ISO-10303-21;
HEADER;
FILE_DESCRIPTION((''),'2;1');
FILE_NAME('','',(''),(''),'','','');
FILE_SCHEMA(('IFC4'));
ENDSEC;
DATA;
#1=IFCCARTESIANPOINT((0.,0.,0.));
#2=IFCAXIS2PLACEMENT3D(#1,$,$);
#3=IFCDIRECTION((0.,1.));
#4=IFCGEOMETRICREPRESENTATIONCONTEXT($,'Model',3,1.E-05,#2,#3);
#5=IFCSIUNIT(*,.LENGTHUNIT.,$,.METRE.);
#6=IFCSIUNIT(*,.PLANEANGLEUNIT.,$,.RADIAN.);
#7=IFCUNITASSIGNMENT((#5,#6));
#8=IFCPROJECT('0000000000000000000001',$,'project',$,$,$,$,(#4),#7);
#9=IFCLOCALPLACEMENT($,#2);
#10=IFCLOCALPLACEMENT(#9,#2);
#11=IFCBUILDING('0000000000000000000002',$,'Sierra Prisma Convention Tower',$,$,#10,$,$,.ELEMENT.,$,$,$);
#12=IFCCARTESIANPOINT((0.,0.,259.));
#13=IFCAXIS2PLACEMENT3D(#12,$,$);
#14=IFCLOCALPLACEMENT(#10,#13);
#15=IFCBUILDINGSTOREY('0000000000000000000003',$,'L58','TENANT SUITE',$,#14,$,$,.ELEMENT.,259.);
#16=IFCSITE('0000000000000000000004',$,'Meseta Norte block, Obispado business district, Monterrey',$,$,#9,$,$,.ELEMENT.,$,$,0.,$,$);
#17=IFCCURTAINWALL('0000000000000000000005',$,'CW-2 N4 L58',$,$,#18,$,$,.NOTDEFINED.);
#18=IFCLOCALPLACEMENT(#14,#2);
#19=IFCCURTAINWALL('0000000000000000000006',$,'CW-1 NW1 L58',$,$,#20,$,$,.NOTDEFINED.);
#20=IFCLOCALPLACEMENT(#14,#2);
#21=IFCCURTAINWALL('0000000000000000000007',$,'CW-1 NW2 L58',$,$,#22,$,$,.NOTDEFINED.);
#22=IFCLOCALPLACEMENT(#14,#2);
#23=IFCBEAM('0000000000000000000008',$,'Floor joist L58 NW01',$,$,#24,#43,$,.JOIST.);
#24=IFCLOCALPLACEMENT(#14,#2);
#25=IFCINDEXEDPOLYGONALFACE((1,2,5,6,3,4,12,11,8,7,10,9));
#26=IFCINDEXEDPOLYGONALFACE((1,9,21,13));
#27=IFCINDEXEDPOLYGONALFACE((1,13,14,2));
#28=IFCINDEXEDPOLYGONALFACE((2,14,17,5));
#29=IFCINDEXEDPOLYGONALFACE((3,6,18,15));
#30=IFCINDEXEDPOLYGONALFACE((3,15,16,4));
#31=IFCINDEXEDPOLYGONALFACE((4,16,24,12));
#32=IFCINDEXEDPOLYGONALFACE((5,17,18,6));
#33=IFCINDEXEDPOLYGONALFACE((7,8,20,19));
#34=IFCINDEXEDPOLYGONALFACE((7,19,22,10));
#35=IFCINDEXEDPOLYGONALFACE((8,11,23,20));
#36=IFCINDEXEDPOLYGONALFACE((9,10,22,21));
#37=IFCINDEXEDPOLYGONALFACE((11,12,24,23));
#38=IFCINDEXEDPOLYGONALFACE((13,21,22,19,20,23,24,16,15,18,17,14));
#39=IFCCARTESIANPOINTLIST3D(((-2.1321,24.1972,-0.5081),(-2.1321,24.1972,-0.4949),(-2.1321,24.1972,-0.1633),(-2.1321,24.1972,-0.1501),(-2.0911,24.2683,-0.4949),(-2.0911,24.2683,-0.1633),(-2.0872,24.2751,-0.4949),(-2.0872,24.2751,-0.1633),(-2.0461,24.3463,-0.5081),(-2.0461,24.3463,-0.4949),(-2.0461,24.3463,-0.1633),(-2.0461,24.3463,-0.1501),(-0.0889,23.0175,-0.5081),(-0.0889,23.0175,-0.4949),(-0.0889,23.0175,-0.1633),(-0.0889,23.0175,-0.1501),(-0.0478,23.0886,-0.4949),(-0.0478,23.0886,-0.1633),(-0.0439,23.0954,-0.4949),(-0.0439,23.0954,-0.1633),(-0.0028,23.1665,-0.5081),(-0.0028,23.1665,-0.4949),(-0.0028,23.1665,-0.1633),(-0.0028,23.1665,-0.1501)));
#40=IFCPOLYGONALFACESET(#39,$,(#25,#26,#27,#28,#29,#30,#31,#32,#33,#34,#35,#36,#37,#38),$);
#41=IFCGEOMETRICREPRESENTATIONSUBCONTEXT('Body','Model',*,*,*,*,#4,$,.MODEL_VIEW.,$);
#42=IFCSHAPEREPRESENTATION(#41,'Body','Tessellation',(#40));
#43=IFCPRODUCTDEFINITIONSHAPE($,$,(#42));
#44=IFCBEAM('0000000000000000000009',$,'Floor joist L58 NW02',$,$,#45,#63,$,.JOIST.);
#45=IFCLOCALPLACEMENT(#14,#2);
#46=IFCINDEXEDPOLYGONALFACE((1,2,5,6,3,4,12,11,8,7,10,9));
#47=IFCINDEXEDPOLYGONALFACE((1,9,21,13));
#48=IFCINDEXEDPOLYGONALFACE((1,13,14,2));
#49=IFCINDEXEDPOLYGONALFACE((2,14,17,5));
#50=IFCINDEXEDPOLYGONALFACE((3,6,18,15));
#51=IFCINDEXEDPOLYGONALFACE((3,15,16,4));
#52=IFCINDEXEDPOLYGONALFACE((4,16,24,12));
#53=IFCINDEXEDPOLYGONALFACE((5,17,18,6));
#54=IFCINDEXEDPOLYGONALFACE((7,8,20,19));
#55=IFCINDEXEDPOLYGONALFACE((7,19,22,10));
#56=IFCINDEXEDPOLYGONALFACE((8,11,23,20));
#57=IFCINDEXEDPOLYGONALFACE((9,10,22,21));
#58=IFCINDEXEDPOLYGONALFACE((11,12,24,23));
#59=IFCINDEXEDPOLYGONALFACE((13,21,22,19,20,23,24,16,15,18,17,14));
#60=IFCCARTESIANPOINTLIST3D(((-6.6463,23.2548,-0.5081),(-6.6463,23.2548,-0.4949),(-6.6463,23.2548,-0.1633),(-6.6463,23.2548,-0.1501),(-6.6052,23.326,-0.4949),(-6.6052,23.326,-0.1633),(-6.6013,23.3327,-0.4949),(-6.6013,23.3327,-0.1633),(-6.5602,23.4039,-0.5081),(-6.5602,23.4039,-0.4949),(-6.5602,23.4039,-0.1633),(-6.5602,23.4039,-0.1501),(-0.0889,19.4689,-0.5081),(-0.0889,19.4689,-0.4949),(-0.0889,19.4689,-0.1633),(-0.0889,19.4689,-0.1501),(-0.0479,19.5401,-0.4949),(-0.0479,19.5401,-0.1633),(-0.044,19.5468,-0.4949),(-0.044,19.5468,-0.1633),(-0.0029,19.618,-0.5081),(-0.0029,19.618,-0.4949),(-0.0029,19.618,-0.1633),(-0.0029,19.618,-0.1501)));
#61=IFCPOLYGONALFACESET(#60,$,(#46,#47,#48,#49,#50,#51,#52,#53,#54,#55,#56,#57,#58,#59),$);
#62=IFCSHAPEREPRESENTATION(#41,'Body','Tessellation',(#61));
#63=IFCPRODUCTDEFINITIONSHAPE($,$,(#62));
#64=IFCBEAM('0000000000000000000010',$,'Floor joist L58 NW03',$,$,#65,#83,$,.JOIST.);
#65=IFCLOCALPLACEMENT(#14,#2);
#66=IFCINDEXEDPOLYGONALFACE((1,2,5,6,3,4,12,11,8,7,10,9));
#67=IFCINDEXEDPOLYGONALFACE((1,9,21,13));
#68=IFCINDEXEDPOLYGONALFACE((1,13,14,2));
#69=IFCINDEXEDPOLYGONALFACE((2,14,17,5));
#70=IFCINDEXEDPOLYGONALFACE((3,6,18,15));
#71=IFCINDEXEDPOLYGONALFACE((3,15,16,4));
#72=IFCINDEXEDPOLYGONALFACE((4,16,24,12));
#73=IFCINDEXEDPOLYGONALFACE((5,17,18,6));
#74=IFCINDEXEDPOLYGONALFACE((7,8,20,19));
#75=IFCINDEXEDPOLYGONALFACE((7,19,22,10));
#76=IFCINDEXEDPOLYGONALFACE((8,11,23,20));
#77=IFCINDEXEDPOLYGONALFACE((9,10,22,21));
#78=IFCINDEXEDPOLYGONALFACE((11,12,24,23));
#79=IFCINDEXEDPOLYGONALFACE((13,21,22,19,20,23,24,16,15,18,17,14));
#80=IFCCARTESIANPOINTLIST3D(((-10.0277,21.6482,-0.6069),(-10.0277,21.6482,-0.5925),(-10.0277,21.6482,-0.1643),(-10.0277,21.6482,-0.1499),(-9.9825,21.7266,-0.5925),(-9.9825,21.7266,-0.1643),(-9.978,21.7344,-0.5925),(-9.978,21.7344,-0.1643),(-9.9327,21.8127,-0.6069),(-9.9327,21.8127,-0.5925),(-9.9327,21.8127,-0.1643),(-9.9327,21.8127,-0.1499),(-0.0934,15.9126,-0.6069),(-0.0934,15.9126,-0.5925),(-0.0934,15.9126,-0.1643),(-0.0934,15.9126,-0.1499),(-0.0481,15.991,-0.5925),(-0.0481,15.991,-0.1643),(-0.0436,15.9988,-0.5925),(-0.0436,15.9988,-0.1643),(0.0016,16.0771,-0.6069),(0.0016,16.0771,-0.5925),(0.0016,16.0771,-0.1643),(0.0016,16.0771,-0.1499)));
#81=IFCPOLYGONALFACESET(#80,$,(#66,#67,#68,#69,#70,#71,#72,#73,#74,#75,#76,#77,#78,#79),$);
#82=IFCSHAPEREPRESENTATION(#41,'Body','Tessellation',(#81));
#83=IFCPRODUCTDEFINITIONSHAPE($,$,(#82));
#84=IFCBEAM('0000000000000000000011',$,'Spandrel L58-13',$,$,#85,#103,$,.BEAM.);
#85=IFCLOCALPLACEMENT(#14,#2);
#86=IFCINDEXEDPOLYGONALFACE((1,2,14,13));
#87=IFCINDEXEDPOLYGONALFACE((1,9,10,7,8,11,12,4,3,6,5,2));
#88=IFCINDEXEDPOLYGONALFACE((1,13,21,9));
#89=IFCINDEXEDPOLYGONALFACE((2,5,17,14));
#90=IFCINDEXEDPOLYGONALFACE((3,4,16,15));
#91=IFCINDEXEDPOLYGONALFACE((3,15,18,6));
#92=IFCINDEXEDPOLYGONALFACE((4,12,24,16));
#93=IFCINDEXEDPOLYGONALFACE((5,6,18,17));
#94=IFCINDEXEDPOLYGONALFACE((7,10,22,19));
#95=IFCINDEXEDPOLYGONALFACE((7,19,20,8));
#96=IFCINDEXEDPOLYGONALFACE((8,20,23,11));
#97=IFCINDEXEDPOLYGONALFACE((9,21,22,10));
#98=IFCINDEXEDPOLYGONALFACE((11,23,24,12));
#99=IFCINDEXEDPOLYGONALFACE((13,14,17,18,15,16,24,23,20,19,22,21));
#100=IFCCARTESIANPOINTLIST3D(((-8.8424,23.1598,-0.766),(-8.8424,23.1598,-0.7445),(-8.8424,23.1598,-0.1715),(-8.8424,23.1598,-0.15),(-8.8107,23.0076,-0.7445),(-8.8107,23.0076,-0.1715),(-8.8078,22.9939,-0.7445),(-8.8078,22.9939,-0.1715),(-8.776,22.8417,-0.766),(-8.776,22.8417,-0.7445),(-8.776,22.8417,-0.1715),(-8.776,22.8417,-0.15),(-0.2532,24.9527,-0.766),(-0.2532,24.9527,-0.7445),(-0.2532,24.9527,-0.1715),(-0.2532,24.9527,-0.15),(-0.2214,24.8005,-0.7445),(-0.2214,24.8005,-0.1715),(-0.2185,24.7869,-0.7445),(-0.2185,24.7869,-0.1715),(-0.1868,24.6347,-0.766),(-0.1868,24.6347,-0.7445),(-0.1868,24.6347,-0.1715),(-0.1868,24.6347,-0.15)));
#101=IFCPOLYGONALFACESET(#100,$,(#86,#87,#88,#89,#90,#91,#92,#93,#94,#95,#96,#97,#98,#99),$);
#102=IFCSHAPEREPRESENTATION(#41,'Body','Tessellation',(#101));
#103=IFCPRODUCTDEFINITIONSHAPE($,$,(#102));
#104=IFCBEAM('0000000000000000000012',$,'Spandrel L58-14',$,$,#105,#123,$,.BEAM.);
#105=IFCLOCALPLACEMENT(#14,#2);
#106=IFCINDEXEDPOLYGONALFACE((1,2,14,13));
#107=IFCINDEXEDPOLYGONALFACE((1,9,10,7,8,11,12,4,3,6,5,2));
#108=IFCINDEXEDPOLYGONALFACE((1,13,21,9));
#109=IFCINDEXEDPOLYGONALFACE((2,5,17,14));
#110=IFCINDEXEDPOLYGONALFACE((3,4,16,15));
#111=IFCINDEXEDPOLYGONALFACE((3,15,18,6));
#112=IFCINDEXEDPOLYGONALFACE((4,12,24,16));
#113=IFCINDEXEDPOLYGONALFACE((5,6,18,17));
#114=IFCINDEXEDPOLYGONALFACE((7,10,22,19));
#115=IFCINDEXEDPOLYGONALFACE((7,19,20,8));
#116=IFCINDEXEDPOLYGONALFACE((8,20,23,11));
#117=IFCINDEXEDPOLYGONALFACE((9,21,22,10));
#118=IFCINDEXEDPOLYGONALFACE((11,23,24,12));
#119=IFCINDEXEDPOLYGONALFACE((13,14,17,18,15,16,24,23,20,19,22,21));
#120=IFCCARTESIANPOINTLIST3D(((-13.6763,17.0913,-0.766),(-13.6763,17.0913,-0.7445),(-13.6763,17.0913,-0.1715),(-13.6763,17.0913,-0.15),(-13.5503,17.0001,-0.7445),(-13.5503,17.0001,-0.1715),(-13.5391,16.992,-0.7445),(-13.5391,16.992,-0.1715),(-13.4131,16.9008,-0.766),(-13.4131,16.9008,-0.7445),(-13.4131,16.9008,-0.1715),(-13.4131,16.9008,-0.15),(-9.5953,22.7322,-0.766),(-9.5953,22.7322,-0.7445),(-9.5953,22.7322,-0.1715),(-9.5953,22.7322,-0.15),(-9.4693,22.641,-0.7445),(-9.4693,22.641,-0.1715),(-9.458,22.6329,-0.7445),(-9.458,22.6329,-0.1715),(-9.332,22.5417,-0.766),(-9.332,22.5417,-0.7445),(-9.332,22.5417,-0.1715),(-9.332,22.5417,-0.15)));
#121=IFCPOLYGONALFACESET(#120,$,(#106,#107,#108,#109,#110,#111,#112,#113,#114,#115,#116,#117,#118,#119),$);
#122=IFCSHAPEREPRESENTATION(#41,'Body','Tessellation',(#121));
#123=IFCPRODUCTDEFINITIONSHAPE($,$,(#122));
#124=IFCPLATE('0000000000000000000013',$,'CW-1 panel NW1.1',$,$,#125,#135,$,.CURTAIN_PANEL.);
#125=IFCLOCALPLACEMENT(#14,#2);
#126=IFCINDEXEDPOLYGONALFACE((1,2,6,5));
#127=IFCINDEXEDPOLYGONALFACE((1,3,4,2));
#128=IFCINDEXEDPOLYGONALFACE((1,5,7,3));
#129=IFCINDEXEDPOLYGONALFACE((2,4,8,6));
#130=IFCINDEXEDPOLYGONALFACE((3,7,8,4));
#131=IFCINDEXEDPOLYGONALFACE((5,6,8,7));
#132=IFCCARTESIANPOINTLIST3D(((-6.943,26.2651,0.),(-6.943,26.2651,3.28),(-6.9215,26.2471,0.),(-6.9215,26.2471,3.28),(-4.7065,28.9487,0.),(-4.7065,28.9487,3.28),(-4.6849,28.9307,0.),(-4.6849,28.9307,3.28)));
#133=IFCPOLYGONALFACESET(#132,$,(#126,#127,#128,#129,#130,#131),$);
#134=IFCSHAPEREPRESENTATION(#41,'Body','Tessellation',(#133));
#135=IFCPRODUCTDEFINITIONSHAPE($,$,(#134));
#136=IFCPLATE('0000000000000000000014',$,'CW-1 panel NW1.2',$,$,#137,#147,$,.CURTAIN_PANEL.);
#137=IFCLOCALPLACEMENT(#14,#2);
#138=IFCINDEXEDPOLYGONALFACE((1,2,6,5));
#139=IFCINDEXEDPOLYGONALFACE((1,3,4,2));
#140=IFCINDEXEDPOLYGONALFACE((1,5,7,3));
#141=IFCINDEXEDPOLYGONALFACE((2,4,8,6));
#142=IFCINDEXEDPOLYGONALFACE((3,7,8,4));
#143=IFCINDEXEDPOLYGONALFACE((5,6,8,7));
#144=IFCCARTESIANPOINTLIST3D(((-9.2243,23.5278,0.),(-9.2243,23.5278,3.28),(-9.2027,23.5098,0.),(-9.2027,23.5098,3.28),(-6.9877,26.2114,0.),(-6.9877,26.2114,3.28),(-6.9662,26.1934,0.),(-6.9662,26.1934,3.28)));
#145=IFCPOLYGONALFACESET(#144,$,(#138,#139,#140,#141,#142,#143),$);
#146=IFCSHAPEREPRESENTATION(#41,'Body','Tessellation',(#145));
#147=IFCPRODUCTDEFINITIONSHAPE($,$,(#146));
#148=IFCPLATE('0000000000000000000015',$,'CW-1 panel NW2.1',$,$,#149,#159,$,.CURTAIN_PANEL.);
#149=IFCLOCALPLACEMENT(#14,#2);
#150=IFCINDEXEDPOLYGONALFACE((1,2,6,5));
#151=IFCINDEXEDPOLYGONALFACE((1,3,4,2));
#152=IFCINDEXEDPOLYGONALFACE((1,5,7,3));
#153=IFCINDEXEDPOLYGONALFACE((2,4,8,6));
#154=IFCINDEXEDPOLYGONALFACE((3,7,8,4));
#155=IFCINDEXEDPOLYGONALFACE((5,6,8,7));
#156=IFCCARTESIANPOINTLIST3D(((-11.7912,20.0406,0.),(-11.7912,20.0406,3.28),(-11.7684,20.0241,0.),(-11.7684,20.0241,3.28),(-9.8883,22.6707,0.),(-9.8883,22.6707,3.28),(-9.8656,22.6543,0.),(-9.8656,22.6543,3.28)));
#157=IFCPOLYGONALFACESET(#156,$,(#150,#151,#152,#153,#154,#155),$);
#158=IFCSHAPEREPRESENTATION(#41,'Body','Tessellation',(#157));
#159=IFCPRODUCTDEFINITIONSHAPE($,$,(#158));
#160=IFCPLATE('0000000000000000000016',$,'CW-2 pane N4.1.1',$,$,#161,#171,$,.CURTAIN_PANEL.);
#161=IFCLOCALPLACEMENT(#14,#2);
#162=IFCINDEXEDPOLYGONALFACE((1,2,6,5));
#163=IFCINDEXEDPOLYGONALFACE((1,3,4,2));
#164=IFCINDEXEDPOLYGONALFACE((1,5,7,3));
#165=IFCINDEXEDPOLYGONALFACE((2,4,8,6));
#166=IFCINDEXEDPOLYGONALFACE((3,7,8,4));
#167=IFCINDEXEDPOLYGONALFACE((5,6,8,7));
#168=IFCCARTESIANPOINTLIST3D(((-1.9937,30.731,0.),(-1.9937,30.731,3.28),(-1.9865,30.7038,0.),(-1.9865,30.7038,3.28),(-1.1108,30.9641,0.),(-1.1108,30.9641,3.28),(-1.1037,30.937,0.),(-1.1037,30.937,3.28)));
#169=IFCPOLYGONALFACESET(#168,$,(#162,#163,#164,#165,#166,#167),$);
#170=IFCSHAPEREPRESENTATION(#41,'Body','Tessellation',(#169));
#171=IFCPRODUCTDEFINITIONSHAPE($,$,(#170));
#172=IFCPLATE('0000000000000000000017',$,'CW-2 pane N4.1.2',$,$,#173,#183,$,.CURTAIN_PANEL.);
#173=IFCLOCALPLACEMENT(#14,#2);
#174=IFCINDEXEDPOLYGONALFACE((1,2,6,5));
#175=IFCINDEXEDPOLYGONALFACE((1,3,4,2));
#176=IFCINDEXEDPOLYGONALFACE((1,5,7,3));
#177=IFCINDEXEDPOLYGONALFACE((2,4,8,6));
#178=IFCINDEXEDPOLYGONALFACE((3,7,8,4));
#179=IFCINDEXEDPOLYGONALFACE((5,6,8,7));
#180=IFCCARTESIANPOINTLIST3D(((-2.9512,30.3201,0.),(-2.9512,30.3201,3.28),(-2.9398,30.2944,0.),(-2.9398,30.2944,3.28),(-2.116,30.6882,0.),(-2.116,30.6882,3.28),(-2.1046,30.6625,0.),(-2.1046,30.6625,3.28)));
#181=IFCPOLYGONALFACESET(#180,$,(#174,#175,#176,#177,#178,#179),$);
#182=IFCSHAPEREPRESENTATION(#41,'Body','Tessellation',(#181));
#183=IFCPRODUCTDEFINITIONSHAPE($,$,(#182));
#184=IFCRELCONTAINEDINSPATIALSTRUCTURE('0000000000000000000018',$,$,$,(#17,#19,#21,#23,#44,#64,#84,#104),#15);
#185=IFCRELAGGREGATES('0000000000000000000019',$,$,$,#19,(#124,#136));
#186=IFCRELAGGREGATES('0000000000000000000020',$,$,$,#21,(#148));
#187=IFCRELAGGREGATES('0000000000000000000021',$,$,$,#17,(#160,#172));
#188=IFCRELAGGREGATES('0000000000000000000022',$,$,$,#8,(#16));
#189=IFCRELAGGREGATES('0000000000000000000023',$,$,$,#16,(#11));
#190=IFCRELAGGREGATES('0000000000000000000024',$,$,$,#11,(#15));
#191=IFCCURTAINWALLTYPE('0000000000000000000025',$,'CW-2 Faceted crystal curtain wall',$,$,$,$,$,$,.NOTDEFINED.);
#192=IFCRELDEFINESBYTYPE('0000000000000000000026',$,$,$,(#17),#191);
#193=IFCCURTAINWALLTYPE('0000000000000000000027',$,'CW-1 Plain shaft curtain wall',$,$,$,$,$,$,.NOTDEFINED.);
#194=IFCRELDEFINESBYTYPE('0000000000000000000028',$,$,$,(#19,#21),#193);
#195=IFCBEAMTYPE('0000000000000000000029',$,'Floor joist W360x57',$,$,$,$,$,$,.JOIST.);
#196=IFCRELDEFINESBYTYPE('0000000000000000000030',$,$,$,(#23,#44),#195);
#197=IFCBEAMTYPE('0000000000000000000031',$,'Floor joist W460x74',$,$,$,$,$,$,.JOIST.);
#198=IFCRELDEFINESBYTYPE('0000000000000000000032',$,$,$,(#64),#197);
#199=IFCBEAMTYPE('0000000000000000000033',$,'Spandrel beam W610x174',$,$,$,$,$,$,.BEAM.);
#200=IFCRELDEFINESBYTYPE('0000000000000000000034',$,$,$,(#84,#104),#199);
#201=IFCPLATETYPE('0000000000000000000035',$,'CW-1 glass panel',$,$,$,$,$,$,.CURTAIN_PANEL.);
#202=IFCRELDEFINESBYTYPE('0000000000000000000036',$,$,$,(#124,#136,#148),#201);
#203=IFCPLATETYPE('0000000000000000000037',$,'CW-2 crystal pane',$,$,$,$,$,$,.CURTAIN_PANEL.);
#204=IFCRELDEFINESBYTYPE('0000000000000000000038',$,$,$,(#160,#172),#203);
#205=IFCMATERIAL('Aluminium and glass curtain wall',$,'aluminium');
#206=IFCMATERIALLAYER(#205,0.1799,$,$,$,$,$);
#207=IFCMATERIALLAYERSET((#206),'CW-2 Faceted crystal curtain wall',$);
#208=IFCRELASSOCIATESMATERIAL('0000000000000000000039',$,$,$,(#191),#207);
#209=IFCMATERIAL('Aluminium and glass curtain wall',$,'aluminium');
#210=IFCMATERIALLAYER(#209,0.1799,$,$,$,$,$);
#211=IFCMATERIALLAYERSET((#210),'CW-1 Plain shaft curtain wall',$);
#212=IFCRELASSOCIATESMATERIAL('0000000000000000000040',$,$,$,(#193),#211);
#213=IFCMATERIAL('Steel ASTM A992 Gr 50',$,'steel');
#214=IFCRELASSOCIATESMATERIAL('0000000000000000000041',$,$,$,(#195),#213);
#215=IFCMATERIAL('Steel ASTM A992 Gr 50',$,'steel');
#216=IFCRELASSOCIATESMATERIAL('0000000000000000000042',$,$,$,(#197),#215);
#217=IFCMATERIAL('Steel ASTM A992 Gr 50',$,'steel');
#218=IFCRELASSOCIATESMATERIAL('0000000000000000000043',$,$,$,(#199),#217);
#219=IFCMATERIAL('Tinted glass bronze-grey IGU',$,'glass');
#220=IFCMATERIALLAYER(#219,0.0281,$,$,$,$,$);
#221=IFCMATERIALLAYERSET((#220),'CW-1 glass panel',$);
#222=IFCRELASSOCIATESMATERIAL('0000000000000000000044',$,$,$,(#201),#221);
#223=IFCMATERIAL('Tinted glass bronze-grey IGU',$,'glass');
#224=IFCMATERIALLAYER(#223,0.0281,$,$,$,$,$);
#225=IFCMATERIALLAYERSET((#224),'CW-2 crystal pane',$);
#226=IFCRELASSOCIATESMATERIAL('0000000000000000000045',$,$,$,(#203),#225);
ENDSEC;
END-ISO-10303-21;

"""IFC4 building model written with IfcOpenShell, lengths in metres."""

from ifc_helpers import new_model, si_unit, direction, frame, origin, origin_2d, place, context, subcontext, project, spatial, polyline, rectangle, i_section, outline, extrude, material, layer, layer_set, material_profile, profile_set, type_object, element, aggregate, save


model = new_model("IFC4")

# Units and contexts
model_context = context("Model", 3, precision=1e-05, world=origin(), true_north=direction((0.0, 1.0)))
body_context = subcontext(model_context, "Body", "Model", "MODEL_VIEW")
ifc_project = project(units=[si_unit("LENGTHUNIT", "METRE"), si_unit("PLANEANGLEUNIT", "RADIAN")], contexts=[model_context])

# Site, building, storey
site_placement = place(None, origin())
site = spatial("IfcSite", under=ifc_project, at=site_placement, Name="Meseta Norte block, Obispado business district, Monterrey", CompositionType="ELEMENT", RefElevation=0.0)
building_placement = place(site_placement, origin())
building = spatial("IfcBuilding", under=site, at=building_placement, Name="Sierra Prisma Convention Tower", CompositionType="ELEMENT")
storey_placement = place(building_placement, frame((0.0, 0.0, 259.0)))
storey = spatial("IfcBuildingStorey", under=building, at=storey_placement, Name="L58", Description="TENANT SUITE", CompositionType="ELEMENT", Elevation=259.0)

# Curtain wall
ifc_material_1 = material(Name="Aluminium and glass curtain wall", Category="aluminium")
ifc_layer_1 = layer(ifc_material_1, 0.1799)
ifc_layer_set_1 = layer_set([ifc_layer_1], Name="CW-2 Faceted crystal curtain wall")
curtain_wall_type_1 = type_object("IfcCurtainWallType", Name="CW-2 Faceted crystal curtain wall", PredefinedType="NOTDEFINED", material=ifc_layer_set_1)
curtain_wall_1_placement = place(storey_placement, origin())
curtain_wall_1 = element("IfcCurtainWall", 1, at=curtain_wall_1_placement, inside=storey, type_object=curtain_wall_type_1, Name="CW-2 N4 L58", PredefinedType="NOTDEFINED")

# Curtain wall
ifc_material_2 = material(Name="Aluminium and glass curtain wall", Category="aluminium")
ifc_layer_2 = layer(ifc_material_2, 0.1799)
ifc_layer_set_2 = layer_set([ifc_layer_2], Name="CW-1 Plain shaft curtain wall")
curtain_wall_type_2 = type_object("IfcCurtainWallType", Name="CW-1 Plain shaft curtain wall", PredefinedType="NOTDEFINED", material=ifc_layer_set_2)
curtain_wall_2_placement = place(storey_placement, origin())
curtain_wall_2 = element("IfcCurtainWall", 2, at=curtain_wall_2_placement, inside=storey, type_object=curtain_wall_type_2, Name="CW-1 NW1 L58", PredefinedType="NOTDEFINED")

# Curtain wall
curtain_wall_3_placement = place(storey_placement, origin())
curtain_wall_3 = element("IfcCurtainWall", 3, at=curtain_wall_3_placement, inside=storey, type_object=curtain_wall_type_2, Name="CW-1 NW2 L58", PredefinedType="NOTDEFINED")

# Beams
ifc_material_3 = material(Name="Steel ASTM A992 Gr 50", Category="steel")
ifc_material_profile_1 = material_profile(ifc_material_3, i_section(OverallWidth=0.1721, OverallDepth=0.3579, WebThickness=0.0078, FlangeThickness=0.0132, at=origin_2d()), Name="W360x57")
ifc_profile_set_1 = profile_set([ifc_material_profile_1], Name="Steel ASTM A992 Gr 50")
beam_type_1 = type_object("IfcBeamType", Name="Floor joist W360x57", PredefinedType="JOIST", material=ifc_profile_set_1)
beam_1_placement = place(storey_placement, frame((-2.0891, 24.2717, -0.3291), z_axis=(0.866018, -0.500012, 0.0), x_axis=(0.500012, 0.866018, 0.0)))
element("IfcBeam", 4, at=beam_1_placement, inside=storey, type_object=beam_type_1, Name="Floor joist L58 NW01", PredefinedType="JOIST", context=body_context, shape_type="SweptSolid", body=[
    extrude(i_section(OverallWidth=0.1721, OverallDepth=0.3579, WebThickness=0.0078, FlangeThickness=0.0132, at=origin_2d()), origin(), (0.0, 0.0, 1.0), 2.3594),
])
beam_2_placement = place(storey_placement, frame((-6.6033, 23.3293, -0.3291), z_axis=(0.866026, -0.499999, 0.0), x_axis=(0.499999, 0.866026, 0.0)))
element("IfcBeam", 5, at=beam_2_placement, inside=storey, type_object=beam_type_1, Name="Floor joist L58 NW02", PredefinedType="JOIST", context=body_context, shape_type="SweptSolid", body=[
    extrude(i_section(OverallWidth=0.1721, OverallDepth=0.3579, WebThickness=0.0078, FlangeThickness=0.0132, at=origin_2d()), origin(), (0.0, 0.0, 1.0), 7.5718),
])
ifc_material_4 = material(Name="Steel ASTM A992 Gr 50", Category="steel")
ifc_material_profile_2 = material_profile(ifc_material_4, i_section(OverallWidth=0.1899, OverallDepth=0.457, WebThickness=0.009, FlangeThickness=0.0144, at=origin_2d()), Name="W460x74")
ifc_profile_set_2 = profile_set([ifc_material_profile_2], Name="Steel ASTM A992 Gr 50")
beam_type_2 = type_object("IfcBeamType", Name="Floor joist W460x74", PredefinedType="JOIST", material=ifc_profile_set_2)
beam_3_placement = place(storey_placement, frame((-9.9802, 21.7305, -0.3784), z_axis=(0.866025, -0.500001, 0.0), x_axis=(0.500001, 0.866025, 0.0)))
element("IfcBeam", 6, at=beam_3_placement, inside=storey, type_object=beam_type_2, Name="Floor joist L58 NW03", PredefinedType="JOIST", context=body_context, shape_type="SweptSolid", body=[
    extrude(i_section(OverallWidth=0.1899, OverallDepth=0.457, WebThickness=0.009, FlangeThickness=0.0144, at=origin_2d()), origin(), (0.0, 0.0, 1.0), 11.4712),
])
ifc_material_5 = material(Name="Steel ASTM A992 Gr 50", Category="steel")
ifc_material_profile_3 = material_profile(ifc_material_5, i_section(OverallWidth=0.325, OverallDepth=0.616, WebThickness=0.0139, FlangeThickness=0.0215, at=origin_2d()), Name="W610x174")
ifc_profile_set_3 = profile_set([ifc_material_profile_3], Name="Steel ASTM A992 Gr 50")
beam_type_3 = type_object("IfcBeamType", Name="Spandrel beam W610x174", PredefinedType="BEAM", material=ifc_profile_set_3)
beam_4_placement = place(storey_placement, frame((-0.22, 24.7937, -0.458), z_axis=(-0.9789, -0.204339, 0.0), x_axis=(0.204339, -0.9789, 0.0)))
element("IfcBeam", 7, at=beam_4_placement, inside=storey, type_object=beam_type_3, Name="Spandrel L58-13", PredefinedType="BEAM", context=body_context, shape_type="SweptSolid", body=[
    extrude(i_section(OverallWidth=0.325, OverallDepth=0.616, WebThickness=0.0139, FlangeThickness=0.0215, at=origin_2d()), origin(), (0.0, 0.0, 1.0), 8.7744),
])
beam_5_placement = place(storey_placement, frame((-9.4636, 22.637, -0.458), z_axis=(-0.58616, -0.810195, 0.0), x_axis=(0.810195, -0.58616, 0.0)))
element("IfcBeam", 8, at=beam_5_placement, inside=storey, type_object=beam_type_3, Name="Spandrel L58-14", PredefinedType="BEAM", context=body_context, shape_type="SweptSolid", body=[
    extrude(i_section(OverallWidth=0.325, OverallDepth=0.616, WebThickness=0.0139, FlangeThickness=0.0215, at=origin_2d()), origin(), (0.0, 0.0, 1.0), 6.9624),
])

# Plates
ifc_material_6 = material(Name="Tinted glass bronze-grey IGU", Category="glass")
ifc_layer_3 = layer(ifc_material_6, 0.0281)
ifc_layer_set_3 = layer_set([ifc_layer_3], Name="CW-1 glass panel")
plate_type_1 = type_object("IfcPlateType", Name="CW-1 glass panel", PredefinedType="CURTAIN_PANEL", material=ifc_layer_set_3)
plate_1_placement = place(storey_placement, frame((-5.814, 27.5979, 0.0), z_axis=(0.0, 0.0, 1.0), x_axis=(-0.640218, -0.768193, 0.0)))
plate_1 = element("IfcPlate", 9, at=plate_1_placement, type_object=plate_type_1, Name="CW-1 panel NW1.1", PredefinedType="CURTAIN_PANEL", context=body_context, shape_type="SweptSolid", body=[
    extrude(rectangle(XDim=3.4934, YDim=0.0281, at=origin_2d()), origin(), (0.0, 0.0, 1.0), 3.28),
])
plate_2_placement = place(storey_placement, frame((-8.0952, 24.8606, 0.0), z_axis=(0.0, 0.0, 1.0), x_axis=(-0.640218, -0.768193, 0.0)))
plate_2 = element("IfcPlate", 10, at=plate_2_placement, type_object=plate_type_1, Name="CW-1 panel NW1.2", PredefinedType="CURTAIN_PANEL", context=body_context, shape_type="SweptSolid", body=[
    extrude(rectangle(XDim=3.4934, YDim=0.0281, at=origin_2d()), origin(), (0.0, 0.0, 1.0), 3.28),
])
aggregate(curtain_wall_2, [plate_1, plate_2])
plate_3_placement = place(storey_placement, frame((-10.8284, 21.3474, 0.0), z_axis=(0.0, 0.0, 1.0), x_axis=(-0.586158, -0.810197, 0.0)))
plate_3 = element("IfcPlate", 11, at=plate_3_placement, type_object=plate_type_1, Name="CW-1 panel NW2.1", PredefinedType="CURTAIN_PANEL", context=body_context, shape_type="SweptSolid", body=[
    extrude(rectangle(XDim=3.2463, YDim=0.0281, at=origin_2d()), origin(), (0.0, 0.0, 1.0), 3.28),
])
aggregate(curtain_wall_3, [plate_3])
ifc_material_7 = material(Name="Tinted glass bronze-grey IGU", Category="glass")
ifc_layer_4 = layer(ifc_material_7, 0.0281)
ifc_layer_set_4 = layer_set([ifc_layer_4], Name="CW-2 crystal pane")
plate_type_2 = type_object("IfcPlateType", Name="CW-2 crystal pane", PredefinedType="CURTAIN_PANEL", material=ifc_layer_set_4)
plate_4_placement = place(storey_placement, frame((-1.1108, 30.9641, 0.0), z_axis=(-0.255349, 0.966849, 0.0), x_axis=(-0.966849, -0.255349, 0.0)))
plate_4 = element("IfcPlate", 12, at=plate_4_placement, type_object=plate_type_2, Name="CW-2 pane N4.1.1", PredefinedType="CURTAIN_PANEL", context=body_context, shape_type="SweptSolid", body=[
    extrude(outline(polyline([(0.0, 0.0), (0.9131, 0.0), (0.9131, 3.28), (0.0, 3.28), (0.0, 0.0)])), origin(), (0.0, 0.0, -1.0), 0.0281),
])
plate_5_placement = place(storey_placement, frame((-2.9512, 30.3201, 0.0), z_axis=(-0.403357, 0.915043, 0.0), x_axis=(0.915043, 0.403357, 0.0)))
plate_5 = element("IfcPlate", 13, at=plate_5_placement, type_object=plate_type_2, Name="CW-2 pane N4.1.2", PredefinedType="CURTAIN_PANEL", context=body_context, shape_type="SweptSolid", body=[
    extrude(outline(polyline([(0.0, 0.0), (0.9127, 0.0), (0.9127, -3.28), (0.0, -3.28), (0.0, 0.0)])), origin(), (0.0, 0.0, -1.0), 0.0281),
])
aggregate(curtain_wall_1, [plate_4, plate_5])

save(model, "model.ifc")
